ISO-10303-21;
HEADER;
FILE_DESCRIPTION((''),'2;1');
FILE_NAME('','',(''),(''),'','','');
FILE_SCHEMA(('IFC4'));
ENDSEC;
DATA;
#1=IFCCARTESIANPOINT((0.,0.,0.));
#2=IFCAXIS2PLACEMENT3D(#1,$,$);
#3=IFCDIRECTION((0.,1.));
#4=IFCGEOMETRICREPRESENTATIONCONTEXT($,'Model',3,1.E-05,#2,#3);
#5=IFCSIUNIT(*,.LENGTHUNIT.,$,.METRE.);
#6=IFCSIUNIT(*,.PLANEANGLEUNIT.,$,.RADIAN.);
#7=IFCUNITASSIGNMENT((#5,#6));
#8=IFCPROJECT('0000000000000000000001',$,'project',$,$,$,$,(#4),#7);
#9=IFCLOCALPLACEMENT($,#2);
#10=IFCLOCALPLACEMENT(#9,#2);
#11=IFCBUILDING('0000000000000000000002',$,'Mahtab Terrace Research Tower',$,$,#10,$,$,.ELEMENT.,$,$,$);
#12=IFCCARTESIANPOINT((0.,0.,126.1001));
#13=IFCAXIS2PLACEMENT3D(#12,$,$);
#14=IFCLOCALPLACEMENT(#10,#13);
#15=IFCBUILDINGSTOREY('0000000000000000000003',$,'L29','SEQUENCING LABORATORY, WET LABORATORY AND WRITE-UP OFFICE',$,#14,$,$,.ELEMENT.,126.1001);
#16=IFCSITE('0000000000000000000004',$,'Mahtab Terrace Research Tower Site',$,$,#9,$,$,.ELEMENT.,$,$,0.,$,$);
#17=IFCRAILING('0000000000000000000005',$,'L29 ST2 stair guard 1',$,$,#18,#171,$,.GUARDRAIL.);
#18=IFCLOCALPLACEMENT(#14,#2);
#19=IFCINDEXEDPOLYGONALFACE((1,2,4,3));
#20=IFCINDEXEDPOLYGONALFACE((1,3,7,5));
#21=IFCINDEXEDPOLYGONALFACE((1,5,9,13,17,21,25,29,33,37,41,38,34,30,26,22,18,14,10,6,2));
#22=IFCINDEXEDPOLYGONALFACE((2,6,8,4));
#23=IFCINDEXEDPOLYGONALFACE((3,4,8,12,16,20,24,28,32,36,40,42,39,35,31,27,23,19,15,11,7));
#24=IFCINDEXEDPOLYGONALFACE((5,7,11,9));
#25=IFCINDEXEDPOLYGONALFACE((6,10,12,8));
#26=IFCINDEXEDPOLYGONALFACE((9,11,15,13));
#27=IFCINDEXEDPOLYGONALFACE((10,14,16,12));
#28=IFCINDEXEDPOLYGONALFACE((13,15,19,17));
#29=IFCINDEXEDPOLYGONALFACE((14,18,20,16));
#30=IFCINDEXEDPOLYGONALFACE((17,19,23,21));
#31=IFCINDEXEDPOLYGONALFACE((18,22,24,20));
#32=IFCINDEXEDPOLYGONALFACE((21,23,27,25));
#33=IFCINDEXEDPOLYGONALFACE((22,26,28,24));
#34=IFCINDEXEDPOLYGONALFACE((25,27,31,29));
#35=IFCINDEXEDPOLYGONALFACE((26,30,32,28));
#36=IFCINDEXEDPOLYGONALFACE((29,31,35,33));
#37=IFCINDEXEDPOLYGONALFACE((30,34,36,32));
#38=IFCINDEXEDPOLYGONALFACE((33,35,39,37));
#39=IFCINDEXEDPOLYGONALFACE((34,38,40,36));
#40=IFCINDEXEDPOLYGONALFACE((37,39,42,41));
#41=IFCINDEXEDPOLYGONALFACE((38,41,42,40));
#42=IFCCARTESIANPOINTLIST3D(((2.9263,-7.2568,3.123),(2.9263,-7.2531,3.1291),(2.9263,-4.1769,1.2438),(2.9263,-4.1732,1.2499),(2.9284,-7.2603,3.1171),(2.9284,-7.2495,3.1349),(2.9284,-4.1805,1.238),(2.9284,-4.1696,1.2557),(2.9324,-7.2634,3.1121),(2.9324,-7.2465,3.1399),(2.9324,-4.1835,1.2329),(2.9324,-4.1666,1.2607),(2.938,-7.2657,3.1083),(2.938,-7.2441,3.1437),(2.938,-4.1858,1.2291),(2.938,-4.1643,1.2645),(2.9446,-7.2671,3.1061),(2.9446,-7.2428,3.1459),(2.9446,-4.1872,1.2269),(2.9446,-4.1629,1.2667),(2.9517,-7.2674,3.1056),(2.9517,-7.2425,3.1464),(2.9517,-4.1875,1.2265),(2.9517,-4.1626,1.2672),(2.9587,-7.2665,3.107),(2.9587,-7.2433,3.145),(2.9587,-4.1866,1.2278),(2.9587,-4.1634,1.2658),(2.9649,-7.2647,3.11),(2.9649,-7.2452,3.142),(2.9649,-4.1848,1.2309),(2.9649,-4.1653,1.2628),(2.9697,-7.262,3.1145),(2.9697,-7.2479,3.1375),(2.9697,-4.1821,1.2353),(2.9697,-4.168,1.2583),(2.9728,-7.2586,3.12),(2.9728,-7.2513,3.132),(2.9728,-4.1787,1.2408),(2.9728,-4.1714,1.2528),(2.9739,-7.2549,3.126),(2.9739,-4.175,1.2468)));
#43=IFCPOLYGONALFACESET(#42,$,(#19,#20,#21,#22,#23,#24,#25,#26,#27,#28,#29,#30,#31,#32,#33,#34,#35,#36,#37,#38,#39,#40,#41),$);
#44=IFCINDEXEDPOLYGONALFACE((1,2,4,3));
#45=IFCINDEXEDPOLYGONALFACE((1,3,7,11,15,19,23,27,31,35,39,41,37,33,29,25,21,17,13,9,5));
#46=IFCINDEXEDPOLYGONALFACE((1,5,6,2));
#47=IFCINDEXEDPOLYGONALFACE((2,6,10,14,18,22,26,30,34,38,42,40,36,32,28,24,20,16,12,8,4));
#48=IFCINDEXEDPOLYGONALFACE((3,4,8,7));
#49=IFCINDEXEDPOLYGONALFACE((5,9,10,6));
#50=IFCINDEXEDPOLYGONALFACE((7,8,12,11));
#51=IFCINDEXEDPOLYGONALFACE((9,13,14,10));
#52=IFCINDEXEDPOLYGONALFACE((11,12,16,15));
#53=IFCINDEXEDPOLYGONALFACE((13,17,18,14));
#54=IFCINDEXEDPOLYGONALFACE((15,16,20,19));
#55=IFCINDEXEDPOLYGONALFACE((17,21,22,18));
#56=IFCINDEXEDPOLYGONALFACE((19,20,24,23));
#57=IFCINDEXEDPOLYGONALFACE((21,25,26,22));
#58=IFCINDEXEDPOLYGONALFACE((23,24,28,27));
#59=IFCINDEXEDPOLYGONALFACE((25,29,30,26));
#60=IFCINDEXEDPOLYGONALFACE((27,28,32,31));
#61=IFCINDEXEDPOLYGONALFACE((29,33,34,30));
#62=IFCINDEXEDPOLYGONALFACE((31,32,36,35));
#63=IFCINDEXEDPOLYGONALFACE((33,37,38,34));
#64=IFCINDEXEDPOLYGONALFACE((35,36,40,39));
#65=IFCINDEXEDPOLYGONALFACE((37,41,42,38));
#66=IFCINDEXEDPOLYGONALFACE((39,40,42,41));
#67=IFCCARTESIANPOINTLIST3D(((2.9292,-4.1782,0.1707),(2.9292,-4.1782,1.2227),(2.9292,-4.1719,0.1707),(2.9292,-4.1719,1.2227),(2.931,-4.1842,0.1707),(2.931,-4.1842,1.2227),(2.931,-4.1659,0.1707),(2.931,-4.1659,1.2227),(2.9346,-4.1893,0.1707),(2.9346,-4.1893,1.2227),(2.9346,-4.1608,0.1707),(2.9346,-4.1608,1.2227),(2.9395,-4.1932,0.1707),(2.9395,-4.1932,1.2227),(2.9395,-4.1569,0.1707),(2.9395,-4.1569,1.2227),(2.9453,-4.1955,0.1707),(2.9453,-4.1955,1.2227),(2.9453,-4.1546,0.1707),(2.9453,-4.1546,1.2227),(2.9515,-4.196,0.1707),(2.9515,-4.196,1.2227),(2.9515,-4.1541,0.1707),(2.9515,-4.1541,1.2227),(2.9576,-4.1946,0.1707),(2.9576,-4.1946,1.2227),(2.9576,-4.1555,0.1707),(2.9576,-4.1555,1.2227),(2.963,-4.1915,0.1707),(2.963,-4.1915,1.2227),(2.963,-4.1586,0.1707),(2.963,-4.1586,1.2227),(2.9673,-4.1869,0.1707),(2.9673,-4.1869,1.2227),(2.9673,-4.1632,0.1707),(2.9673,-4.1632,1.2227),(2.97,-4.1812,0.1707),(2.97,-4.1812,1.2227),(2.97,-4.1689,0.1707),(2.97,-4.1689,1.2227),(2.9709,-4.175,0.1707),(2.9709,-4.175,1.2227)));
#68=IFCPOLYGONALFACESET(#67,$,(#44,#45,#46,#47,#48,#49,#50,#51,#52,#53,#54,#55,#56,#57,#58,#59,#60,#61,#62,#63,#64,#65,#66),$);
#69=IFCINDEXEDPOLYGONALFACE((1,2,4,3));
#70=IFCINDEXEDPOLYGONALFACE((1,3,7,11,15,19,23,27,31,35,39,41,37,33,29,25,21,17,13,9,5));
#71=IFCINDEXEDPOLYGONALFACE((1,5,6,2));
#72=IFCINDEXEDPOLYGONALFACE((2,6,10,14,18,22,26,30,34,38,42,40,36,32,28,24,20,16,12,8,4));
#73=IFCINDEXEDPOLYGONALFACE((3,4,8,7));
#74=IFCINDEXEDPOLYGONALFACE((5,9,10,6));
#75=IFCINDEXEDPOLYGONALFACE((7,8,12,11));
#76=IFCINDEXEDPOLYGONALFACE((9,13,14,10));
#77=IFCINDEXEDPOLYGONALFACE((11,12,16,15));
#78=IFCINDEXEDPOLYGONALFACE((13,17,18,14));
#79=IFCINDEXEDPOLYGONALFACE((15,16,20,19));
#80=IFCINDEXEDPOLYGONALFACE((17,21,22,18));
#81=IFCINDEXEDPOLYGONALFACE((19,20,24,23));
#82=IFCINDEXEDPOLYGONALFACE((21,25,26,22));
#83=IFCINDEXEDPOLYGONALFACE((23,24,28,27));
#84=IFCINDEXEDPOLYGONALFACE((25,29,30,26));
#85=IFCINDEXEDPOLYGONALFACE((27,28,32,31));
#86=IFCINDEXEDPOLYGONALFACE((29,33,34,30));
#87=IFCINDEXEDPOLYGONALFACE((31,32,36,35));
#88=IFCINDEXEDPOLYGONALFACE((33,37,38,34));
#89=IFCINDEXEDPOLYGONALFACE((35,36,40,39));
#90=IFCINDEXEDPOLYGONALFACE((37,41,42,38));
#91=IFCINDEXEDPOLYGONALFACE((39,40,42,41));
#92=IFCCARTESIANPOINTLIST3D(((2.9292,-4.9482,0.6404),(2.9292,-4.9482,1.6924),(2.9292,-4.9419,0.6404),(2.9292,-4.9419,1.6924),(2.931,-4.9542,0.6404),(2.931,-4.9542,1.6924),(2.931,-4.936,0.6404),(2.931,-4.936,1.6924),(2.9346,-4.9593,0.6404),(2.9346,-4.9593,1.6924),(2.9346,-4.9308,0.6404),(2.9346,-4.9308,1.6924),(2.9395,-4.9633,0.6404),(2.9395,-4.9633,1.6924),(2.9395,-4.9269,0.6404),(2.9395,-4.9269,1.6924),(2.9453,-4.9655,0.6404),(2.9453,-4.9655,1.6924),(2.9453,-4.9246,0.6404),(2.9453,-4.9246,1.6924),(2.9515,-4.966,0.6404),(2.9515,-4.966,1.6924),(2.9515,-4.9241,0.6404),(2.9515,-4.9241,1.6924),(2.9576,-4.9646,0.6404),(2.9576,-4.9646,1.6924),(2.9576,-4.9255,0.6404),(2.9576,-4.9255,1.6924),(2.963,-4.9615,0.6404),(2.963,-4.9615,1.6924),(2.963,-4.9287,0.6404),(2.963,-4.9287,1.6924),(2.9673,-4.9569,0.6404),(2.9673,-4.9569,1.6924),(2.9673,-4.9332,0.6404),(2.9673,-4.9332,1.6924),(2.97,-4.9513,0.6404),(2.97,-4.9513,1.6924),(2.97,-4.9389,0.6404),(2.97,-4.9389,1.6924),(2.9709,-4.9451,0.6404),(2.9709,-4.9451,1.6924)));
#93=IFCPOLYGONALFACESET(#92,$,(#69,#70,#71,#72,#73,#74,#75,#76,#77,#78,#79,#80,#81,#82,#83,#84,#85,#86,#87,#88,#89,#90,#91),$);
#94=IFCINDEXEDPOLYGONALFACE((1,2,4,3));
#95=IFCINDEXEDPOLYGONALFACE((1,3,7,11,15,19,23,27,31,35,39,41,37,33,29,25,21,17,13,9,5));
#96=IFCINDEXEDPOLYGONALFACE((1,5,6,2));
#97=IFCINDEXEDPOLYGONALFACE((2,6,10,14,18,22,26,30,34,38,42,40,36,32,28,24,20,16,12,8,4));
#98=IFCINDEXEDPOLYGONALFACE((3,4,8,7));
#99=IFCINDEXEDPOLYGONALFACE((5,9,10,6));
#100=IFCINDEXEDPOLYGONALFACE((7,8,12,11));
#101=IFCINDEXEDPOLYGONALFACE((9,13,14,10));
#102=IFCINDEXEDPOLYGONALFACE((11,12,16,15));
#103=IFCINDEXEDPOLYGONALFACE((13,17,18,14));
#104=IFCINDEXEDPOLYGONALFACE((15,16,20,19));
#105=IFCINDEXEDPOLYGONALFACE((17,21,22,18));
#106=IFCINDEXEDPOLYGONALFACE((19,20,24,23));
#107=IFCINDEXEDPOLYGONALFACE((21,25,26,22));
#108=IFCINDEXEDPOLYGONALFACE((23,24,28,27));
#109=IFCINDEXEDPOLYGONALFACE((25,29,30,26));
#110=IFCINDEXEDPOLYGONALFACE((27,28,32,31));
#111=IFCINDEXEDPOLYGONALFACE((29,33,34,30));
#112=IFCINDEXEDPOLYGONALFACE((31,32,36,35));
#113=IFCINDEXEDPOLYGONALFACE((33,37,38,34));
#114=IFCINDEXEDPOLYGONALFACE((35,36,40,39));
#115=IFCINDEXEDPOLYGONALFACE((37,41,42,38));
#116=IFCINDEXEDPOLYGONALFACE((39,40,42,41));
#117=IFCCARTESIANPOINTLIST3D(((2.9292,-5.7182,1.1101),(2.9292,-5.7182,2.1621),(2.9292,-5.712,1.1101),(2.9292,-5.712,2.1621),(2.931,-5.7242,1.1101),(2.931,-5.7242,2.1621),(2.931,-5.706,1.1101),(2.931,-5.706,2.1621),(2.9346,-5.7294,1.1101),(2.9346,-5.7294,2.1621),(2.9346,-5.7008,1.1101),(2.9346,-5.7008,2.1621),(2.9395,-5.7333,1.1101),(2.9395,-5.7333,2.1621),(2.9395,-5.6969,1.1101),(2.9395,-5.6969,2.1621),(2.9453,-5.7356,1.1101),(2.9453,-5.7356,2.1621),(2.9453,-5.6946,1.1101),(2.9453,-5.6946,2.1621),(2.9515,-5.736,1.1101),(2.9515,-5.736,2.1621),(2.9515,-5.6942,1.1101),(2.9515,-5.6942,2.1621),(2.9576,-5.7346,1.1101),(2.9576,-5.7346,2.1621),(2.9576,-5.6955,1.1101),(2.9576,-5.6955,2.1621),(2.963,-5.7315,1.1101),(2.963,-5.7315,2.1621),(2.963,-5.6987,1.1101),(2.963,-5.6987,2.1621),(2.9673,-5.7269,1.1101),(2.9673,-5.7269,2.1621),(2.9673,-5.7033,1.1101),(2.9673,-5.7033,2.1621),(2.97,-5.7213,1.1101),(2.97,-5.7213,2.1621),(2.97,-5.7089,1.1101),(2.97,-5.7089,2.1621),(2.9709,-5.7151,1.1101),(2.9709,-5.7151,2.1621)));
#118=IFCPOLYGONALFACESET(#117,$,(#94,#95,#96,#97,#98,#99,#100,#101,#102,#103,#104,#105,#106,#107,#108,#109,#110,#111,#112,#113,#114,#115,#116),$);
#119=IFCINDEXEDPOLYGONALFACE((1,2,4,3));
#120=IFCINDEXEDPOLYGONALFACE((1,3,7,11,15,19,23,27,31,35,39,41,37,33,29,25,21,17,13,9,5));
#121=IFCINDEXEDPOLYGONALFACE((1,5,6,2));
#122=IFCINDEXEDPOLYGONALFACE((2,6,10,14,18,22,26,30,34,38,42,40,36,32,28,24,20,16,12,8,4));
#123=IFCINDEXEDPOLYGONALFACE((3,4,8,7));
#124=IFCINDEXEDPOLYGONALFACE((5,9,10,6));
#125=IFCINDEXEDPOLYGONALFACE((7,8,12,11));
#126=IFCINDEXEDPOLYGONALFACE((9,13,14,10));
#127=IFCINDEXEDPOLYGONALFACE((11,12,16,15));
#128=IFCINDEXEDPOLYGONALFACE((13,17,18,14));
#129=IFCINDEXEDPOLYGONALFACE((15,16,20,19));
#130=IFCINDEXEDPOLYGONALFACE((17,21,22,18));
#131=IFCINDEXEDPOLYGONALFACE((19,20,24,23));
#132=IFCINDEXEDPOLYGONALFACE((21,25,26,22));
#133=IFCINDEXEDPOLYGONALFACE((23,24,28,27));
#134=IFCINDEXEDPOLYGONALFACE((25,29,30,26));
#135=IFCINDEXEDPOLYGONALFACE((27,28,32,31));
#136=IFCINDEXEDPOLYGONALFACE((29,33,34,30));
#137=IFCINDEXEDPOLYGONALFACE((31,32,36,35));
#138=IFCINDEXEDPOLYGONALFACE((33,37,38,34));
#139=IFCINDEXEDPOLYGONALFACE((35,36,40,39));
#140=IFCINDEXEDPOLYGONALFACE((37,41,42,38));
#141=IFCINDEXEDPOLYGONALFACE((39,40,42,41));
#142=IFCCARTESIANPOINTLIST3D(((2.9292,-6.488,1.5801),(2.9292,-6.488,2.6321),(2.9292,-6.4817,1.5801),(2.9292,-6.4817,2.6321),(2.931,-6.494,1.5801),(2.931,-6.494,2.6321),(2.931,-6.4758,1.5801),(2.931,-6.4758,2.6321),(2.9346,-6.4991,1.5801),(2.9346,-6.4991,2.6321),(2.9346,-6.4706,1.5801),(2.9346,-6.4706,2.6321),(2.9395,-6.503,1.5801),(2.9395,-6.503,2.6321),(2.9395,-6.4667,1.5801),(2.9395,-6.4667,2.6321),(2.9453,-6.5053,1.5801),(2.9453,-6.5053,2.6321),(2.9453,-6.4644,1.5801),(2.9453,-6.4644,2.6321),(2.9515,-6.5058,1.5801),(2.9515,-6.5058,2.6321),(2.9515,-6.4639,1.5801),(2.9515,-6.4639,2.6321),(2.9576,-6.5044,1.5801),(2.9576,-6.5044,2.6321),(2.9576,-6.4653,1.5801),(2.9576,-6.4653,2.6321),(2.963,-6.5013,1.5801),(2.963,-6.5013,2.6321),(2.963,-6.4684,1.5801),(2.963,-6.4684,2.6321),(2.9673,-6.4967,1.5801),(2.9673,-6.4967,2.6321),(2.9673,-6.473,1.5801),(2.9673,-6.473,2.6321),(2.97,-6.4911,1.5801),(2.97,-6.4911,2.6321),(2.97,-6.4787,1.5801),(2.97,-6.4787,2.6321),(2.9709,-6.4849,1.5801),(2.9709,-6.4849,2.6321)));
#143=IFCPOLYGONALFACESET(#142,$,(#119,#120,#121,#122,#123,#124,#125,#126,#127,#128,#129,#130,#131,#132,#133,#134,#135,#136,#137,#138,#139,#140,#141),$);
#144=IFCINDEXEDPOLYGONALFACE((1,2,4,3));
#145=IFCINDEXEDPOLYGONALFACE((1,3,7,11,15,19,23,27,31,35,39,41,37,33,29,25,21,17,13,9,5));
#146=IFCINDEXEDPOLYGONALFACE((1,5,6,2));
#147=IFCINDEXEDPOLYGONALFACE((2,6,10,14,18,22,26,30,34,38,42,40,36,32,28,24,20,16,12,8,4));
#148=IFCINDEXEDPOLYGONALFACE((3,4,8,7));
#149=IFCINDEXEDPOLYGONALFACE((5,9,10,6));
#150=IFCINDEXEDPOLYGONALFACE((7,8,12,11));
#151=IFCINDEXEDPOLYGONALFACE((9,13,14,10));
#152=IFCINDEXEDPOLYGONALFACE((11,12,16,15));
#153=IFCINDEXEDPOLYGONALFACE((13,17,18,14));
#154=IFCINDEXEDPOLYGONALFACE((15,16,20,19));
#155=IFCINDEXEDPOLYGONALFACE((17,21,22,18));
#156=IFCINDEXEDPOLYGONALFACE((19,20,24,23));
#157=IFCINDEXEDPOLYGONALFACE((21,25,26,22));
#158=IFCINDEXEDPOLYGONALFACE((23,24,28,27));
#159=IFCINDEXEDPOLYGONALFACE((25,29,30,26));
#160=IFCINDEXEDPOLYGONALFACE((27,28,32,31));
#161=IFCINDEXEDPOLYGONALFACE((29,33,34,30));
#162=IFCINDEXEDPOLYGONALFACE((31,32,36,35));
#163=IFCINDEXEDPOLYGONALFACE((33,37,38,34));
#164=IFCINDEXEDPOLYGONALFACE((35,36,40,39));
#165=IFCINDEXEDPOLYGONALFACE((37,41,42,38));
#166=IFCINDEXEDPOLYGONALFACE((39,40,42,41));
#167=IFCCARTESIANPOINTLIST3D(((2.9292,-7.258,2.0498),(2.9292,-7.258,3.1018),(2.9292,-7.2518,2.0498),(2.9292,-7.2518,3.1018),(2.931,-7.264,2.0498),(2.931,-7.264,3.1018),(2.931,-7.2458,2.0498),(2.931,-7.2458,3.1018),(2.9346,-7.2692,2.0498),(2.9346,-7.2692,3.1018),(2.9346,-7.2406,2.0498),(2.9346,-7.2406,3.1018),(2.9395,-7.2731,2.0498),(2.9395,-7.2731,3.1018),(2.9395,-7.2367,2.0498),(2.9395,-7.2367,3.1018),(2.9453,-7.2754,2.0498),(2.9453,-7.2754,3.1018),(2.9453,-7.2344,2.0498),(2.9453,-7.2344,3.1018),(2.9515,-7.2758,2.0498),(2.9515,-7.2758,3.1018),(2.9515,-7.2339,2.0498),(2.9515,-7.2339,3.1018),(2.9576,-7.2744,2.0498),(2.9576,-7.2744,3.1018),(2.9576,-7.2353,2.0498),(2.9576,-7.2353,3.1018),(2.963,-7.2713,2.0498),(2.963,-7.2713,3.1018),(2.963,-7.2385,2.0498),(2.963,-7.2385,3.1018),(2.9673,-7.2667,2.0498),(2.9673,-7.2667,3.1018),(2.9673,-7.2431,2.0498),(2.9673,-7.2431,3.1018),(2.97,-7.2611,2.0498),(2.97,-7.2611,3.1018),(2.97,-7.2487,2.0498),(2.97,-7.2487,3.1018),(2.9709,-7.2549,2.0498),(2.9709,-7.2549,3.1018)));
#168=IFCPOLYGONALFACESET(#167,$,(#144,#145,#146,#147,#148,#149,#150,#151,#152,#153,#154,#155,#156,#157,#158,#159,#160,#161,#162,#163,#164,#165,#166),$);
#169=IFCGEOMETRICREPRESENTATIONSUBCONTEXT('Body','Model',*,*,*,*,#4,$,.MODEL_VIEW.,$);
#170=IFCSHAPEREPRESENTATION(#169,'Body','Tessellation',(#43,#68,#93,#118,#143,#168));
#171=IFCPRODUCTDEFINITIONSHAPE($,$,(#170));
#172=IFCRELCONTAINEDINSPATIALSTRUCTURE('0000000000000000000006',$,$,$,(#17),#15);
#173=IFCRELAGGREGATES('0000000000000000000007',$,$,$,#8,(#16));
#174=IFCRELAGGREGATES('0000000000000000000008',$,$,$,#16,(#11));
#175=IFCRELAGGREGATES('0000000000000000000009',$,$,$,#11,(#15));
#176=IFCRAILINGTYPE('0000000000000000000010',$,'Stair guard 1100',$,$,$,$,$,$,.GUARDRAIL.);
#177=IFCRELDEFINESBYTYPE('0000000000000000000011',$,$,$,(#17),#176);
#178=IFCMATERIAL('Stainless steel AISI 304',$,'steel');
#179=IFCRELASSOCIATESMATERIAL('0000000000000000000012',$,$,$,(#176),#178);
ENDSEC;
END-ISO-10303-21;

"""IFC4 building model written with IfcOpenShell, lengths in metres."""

from ifc_helpers import new_model, si_unit, direction, frame, origin, origin_2d, place, context, subcontext, project, spatial, circle, extrude, material, type_object, element, save


model = new_model("IFC4")

# Units and contexts
model_context = context("Model", 3, precision=1e-05, world=origin(), true_north=direction((0.0, 1.0)))
body_context = subcontext(model_context, "Body", "Model", "MODEL_VIEW")
ifc_project = project(units=[si_unit("LENGTHUNIT", "METRE"), si_unit("PLANEANGLEUNIT", "RADIAN")], contexts=[model_context])

# Site, building, storey
site_placement = place(None, origin())
site = spatial("IfcSite", under=ifc_project, at=site_placement, Name="Mahtab Terrace Research Tower Site", CompositionType="ELEMENT", RefElevation=0.0)
building_placement = place(site_placement, origin())
building = spatial("IfcBuilding", under=site, at=building_placement, Name="Mahtab Terrace Research Tower", CompositionType="ELEMENT")
storey_placement = place(building_placement, frame((0.0, 0.0, 126.1001)))
storey = spatial("IfcBuildingStorey", under=building, at=storey_placement, Name="L29", Description="SEQUENCING LABORATORY, WET LABORATORY AND WRITE-UP OFFICE", CompositionType="ELEMENT", Elevation=126.1001)

# Railing
ifc_material_1 = material(Name="Stainless steel AISI 304", Category="steel")
railing_type_1 = type_object("IfcRailingType", Name="Stair guard 1100", PredefinedType="GUARDRAIL", material=ifc_material_1)
railing_1_placement = place(storey_placement, frame((2.95, -4.175, 0.1707)))
element("IfcRailing", 1, at=railing_1_placement, inside=storey, type_object=railing_type_1, Name="L29 ST2 stair guard 1", PredefinedType="GUARDRAIL", context=body_context, shape_type="SweptSolid", body=[
    extrude(circle(Radius=0.0239, at=origin_2d()), frame((0.0, 0.0, 1.0762), z_axis=(0.0, -0.853648, 0.52085), x_axis=(1.0, 0.0, 0.0)), (0.0, 0.0, 1.0), 3.6079),
    extrude(circle(Radius=0.021, at=origin_2d()), origin(), (0.0, 0.0, 1.0), 1.052),
    extrude(circle(Radius=0.021, at=origin_2d()), frame((0.0, -0.77, 0.4697)), (0.0, 0.0, 1.0), 1.052),
    extrude(circle(Radius=0.021, at=origin_2d()), frame((0.0, -1.54, 0.9395)), (0.0, 0.0, 1.0), 1.052),
    extrude(circle(Radius=0.021, at=origin_2d()), frame((0.0, -2.3098, 1.4094)), (0.0, 0.0, 1.0), 1.052),
    extrude(circle(Radius=0.021, at=origin_2d()), frame((0.0, -3.0798, 1.8792)), (0.0, 0.0, 1.0), 1.052),
])

save(model, "model.ifc")
